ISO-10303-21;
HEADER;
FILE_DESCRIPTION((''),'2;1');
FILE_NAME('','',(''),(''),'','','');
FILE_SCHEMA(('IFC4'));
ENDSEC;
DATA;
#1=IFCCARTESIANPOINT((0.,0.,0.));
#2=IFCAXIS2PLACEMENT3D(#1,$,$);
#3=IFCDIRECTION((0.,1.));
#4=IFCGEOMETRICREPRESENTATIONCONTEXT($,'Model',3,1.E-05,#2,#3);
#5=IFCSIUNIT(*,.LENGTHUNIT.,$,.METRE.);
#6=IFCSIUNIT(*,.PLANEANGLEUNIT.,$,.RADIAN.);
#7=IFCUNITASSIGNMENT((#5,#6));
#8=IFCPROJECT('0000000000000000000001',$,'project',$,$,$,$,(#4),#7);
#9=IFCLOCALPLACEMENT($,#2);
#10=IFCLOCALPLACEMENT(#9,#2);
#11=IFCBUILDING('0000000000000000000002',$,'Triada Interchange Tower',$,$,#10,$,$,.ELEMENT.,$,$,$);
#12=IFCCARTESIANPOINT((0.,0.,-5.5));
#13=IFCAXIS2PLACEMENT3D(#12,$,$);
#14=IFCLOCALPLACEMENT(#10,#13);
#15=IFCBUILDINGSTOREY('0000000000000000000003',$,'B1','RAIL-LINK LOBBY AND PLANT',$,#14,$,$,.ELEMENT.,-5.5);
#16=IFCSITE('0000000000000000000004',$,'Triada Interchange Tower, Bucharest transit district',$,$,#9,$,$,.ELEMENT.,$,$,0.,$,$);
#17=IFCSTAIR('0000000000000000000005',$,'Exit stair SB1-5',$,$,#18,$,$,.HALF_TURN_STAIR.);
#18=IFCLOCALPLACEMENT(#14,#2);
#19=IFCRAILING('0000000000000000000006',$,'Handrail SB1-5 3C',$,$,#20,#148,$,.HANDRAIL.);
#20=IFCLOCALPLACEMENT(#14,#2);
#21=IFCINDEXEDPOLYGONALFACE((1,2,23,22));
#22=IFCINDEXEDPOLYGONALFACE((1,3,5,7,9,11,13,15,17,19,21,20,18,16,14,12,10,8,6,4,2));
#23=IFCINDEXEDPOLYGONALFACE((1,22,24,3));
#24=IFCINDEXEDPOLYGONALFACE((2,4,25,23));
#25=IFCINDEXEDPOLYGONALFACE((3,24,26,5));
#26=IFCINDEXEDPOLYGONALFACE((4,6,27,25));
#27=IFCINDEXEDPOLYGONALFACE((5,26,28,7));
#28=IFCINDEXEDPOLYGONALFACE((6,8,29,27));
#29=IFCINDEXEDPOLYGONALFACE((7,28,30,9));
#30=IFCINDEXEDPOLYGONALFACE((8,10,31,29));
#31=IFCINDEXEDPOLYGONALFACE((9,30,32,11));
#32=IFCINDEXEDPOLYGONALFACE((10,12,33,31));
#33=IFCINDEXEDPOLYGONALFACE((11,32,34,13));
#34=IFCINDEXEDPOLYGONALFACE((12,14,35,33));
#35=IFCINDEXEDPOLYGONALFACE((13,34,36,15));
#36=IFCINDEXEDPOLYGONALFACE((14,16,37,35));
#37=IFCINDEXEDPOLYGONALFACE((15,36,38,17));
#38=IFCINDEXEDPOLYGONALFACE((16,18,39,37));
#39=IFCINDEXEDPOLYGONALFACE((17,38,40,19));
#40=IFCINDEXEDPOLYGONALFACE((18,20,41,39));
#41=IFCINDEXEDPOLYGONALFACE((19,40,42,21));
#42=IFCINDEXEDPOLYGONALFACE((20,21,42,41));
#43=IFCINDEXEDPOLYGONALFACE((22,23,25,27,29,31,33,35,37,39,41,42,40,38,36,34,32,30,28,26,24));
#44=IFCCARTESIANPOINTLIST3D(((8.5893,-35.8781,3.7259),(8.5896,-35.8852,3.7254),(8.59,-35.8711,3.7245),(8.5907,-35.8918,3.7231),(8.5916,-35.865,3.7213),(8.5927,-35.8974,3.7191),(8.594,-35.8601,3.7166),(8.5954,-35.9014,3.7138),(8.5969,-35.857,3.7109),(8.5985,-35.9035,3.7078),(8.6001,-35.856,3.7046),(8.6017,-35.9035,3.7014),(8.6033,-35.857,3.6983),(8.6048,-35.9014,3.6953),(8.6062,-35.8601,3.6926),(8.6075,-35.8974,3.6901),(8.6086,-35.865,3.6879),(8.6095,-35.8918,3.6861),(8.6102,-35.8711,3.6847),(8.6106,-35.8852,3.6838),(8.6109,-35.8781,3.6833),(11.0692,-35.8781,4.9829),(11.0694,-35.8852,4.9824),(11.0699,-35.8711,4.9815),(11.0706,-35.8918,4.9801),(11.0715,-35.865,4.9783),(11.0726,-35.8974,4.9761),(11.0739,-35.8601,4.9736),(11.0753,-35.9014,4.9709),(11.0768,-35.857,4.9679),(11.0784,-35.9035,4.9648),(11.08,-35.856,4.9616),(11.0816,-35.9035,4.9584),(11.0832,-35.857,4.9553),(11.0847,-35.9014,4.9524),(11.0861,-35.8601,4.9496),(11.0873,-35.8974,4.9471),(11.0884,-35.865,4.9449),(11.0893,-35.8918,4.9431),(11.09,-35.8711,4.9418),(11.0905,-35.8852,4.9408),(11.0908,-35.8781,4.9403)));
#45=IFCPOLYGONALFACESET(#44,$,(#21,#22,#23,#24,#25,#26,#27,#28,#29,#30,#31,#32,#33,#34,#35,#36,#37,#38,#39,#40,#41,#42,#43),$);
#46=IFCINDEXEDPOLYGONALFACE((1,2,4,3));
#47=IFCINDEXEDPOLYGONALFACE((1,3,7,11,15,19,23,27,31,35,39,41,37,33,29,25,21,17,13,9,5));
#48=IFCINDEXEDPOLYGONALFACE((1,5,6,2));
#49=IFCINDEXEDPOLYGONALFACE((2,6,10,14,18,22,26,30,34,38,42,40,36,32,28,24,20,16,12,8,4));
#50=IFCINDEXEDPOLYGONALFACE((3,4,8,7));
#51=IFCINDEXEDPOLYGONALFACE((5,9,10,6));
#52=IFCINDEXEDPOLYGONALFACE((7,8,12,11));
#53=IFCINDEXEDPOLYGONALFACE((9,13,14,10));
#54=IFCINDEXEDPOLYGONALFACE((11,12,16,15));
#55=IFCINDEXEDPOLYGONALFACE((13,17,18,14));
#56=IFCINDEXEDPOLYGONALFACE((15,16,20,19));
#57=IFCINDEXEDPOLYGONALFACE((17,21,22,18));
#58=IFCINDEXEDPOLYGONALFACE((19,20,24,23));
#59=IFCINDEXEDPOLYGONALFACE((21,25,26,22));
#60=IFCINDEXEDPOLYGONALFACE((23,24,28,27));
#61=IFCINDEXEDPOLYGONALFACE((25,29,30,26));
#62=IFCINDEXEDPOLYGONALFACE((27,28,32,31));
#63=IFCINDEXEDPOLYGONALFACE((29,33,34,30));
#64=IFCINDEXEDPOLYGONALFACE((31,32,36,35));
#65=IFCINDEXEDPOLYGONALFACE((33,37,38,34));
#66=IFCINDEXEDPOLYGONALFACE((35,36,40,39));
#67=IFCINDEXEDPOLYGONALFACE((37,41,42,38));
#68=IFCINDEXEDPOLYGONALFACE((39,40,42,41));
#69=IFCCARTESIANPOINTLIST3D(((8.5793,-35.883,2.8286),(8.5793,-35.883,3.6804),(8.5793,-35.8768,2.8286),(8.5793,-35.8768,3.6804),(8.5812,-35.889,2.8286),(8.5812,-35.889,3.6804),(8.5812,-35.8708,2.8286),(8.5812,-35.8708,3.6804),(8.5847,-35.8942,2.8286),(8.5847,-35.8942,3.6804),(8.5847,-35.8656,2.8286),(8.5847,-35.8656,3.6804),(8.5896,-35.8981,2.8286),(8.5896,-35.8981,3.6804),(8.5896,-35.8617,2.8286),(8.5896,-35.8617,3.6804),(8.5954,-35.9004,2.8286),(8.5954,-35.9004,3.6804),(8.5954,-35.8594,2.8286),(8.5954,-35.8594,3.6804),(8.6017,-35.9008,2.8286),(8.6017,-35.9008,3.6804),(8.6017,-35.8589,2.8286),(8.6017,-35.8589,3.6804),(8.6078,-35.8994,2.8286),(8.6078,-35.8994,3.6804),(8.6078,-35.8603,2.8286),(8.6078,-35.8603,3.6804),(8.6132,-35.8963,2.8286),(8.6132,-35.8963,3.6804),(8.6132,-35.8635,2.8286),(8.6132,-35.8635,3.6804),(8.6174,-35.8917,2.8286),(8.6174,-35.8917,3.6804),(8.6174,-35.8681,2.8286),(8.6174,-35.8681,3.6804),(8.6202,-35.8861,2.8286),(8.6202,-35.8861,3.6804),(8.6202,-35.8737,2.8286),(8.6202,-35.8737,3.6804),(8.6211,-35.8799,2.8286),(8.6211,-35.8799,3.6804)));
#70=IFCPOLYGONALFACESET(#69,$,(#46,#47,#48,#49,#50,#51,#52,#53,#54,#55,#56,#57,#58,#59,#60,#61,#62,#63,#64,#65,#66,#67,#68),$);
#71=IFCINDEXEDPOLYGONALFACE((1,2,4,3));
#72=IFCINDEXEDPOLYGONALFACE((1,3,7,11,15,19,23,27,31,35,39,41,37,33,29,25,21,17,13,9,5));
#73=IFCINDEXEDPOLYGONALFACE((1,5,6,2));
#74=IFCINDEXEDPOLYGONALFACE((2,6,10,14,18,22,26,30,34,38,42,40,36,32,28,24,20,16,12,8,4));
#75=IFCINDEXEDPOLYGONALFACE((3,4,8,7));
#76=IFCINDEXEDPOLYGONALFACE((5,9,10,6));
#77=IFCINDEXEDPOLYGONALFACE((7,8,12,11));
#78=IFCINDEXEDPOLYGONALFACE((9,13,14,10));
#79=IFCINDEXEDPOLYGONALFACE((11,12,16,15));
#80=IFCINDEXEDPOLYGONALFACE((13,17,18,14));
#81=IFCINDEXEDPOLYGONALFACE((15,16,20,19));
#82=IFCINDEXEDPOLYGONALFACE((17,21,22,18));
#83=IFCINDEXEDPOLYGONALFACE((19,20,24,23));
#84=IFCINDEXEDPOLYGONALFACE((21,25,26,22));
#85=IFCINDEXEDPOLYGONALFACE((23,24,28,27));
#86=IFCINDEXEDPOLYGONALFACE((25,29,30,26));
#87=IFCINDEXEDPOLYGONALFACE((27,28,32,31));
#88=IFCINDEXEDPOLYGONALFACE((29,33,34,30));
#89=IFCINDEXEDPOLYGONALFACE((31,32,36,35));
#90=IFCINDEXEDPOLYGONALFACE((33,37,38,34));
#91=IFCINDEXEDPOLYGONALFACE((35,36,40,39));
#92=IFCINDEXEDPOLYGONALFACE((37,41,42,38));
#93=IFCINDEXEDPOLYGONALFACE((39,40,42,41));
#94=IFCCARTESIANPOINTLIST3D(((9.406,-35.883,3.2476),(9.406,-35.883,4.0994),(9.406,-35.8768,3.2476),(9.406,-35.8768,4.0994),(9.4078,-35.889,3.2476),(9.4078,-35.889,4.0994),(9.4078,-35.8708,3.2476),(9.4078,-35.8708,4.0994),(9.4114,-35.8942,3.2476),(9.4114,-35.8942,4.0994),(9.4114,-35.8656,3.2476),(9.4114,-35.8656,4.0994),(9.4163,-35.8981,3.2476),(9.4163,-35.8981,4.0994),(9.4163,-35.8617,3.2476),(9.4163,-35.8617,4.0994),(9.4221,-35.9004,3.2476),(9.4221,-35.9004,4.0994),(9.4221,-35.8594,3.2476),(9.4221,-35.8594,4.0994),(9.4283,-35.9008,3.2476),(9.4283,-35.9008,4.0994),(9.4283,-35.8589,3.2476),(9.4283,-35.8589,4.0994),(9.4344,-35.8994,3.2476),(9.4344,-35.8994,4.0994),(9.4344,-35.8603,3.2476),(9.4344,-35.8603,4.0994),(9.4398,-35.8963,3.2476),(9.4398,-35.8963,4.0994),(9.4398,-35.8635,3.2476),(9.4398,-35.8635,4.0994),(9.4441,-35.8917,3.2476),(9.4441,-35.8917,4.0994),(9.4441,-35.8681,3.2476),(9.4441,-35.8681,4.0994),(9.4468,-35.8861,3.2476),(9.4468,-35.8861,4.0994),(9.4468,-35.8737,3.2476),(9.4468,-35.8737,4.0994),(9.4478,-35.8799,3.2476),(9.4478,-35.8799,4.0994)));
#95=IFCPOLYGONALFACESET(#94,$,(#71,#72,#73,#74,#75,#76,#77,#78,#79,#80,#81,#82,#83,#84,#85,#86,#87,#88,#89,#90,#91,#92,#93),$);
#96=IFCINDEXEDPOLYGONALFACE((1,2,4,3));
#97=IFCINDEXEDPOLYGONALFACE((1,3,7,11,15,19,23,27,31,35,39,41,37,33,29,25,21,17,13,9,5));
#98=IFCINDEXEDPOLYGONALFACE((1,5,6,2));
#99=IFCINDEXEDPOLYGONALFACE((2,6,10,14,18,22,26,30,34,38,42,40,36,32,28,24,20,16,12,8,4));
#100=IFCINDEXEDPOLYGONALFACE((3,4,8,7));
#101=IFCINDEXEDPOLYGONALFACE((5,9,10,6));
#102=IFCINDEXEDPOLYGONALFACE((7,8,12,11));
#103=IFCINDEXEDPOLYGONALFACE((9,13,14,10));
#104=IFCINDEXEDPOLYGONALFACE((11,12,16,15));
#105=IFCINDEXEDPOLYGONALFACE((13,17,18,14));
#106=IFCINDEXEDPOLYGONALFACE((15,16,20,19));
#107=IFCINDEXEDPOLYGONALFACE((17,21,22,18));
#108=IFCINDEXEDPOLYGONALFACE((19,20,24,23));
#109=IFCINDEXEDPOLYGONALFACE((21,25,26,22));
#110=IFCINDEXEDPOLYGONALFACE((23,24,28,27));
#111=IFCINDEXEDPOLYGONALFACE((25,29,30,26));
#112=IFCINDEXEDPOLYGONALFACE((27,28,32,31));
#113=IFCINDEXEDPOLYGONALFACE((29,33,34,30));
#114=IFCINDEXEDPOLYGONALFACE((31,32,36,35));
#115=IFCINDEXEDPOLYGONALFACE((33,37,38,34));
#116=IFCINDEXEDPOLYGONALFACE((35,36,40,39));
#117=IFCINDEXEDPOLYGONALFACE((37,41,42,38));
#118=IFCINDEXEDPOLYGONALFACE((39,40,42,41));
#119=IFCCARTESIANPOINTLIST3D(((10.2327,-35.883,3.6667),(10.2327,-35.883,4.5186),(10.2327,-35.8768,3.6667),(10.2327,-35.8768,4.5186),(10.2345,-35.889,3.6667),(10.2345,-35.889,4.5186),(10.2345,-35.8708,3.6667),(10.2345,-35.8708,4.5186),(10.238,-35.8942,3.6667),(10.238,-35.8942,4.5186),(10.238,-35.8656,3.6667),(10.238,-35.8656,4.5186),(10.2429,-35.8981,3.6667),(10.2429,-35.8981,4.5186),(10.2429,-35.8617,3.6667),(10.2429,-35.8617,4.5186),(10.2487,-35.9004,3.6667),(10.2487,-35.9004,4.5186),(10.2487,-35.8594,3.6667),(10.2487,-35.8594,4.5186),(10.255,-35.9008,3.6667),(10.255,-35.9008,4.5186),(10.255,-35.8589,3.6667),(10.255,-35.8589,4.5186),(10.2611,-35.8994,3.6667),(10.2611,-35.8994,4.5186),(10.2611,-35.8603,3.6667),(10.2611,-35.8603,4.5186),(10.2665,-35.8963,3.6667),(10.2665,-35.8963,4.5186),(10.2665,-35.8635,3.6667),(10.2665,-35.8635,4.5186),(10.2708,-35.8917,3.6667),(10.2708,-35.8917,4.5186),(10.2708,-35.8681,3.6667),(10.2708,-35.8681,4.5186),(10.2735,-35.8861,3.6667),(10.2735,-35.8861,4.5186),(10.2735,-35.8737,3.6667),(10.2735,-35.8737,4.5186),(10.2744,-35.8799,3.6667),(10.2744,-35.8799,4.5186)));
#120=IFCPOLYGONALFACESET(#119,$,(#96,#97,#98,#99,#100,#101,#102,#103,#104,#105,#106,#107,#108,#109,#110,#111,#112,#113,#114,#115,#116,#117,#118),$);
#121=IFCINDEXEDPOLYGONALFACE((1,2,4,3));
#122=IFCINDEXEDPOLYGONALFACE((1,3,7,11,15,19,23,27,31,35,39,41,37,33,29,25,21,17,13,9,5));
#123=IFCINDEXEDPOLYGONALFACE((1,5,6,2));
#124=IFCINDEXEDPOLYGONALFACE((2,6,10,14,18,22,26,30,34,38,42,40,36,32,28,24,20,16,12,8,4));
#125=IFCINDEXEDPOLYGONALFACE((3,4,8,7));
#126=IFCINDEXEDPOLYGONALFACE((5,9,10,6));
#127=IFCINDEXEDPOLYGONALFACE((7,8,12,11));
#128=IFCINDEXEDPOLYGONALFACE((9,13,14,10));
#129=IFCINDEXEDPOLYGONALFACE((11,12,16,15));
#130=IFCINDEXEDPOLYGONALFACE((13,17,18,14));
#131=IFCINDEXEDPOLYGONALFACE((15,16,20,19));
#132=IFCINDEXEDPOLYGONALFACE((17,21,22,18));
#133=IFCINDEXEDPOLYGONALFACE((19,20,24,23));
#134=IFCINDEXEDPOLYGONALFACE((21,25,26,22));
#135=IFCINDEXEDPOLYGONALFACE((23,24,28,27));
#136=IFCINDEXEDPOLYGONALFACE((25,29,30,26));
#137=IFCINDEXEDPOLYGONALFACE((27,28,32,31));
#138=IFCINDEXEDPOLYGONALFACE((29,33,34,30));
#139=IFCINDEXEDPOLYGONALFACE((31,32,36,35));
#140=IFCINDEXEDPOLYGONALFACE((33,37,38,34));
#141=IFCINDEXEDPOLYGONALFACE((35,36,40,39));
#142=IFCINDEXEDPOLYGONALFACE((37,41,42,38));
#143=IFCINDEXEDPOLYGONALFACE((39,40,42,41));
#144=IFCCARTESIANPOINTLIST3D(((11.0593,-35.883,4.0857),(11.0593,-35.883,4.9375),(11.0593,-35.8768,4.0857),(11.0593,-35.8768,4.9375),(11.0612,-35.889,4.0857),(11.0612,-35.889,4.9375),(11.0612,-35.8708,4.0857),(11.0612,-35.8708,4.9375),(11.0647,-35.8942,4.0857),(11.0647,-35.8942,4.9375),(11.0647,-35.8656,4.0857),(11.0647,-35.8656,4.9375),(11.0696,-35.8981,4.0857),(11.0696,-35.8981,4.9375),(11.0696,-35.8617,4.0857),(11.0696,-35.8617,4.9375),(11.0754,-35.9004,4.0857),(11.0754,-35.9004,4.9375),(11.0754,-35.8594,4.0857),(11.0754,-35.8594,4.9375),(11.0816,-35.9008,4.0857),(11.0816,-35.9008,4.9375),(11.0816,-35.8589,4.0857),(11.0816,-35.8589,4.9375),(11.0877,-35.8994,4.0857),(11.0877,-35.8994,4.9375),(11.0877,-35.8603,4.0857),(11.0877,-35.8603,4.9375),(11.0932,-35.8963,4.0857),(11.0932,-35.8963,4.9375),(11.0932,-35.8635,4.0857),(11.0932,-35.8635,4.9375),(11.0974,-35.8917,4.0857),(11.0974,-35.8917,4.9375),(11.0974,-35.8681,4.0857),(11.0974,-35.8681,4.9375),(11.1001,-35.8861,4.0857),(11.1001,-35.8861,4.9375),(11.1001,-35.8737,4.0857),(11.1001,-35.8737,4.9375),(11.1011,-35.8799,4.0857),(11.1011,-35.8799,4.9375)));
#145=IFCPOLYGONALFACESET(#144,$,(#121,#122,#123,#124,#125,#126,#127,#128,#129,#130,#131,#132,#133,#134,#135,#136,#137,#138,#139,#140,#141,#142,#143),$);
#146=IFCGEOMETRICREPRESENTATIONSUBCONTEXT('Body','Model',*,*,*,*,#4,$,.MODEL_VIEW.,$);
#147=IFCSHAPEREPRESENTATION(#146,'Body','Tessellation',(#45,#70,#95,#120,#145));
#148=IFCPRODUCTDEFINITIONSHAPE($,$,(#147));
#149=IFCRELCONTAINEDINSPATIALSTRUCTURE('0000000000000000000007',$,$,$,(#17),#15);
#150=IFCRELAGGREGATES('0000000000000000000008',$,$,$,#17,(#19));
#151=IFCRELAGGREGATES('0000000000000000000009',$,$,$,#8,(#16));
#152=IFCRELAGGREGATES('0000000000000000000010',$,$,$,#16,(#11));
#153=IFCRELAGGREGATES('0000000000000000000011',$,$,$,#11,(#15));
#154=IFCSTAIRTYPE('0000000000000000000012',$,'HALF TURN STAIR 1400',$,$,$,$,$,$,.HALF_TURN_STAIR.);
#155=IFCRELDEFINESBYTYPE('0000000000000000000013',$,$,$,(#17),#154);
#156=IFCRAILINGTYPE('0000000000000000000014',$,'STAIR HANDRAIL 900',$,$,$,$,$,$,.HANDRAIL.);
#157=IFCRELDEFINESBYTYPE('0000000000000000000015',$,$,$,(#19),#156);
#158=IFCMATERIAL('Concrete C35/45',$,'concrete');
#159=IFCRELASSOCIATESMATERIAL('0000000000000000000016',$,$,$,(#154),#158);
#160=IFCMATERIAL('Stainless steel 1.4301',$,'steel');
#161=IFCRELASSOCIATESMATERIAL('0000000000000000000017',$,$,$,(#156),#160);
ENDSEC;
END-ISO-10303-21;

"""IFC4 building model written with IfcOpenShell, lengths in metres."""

from ifc_helpers import new_model, si_unit, direction, frame, origin, origin_2d, place, context, subcontext, project, spatial, circle, extrude, material, type_object, element, aggregate, save


model = new_model("IFC4")

# Units and contexts
model_context = context("Model", 3, precision=1e-05, world=origin(), true_north=direction((0.0, 1.0)))
body_context = subcontext(model_context, "Body", "Model", "MODEL_VIEW")
ifc_project = project(units=[si_unit("LENGTHUNIT", "METRE"), si_unit("PLANEANGLEUNIT", "RADIAN")], contexts=[model_context])

# Site, building, storey
site_placement = place(None, origin())
site = spatial("IfcSite", under=ifc_project, at=site_placement, Name="Triada Interchange Tower, Bucharest transit district", CompositionType="ELEMENT", RefElevation=0.0)
building_placement = place(site_placement, origin())
building = spatial("IfcBuilding", under=site, at=building_placement, Name="Triada Interchange Tower", CompositionType="ELEMENT")
storey_placement = place(building_placement, frame((0.0, 0.0, -5.5)))
storey = spatial("IfcBuildingStorey", under=building, at=storey_placement, Name="B1", Description="RAIL-LINK LOBBY AND PLANT", CompositionType="ELEMENT", Elevation=-5.5)

# Shared definitions
ifc_material_1 = material(Name="Concrete C35/45", Category="concrete")

# Stair
stair_type = type_object("IfcStairType", Name="HALF TURN STAIR 1400", PredefinedType="HALF_TURN_STAIR", material=ifc_material_1)
stair_1_placement = place(storey_placement, origin())
stair_1 = element("IfcStair", 1, at=stair_1_placement, inside=storey, type_object=stair_type, Name="Exit stair SB1-5", PredefinedType="HALF_TURN_STAIR")

# Railing
ifc_material_2 = material(Name="Stainless steel 1.4301", Category="steel")
railing_type_1 = type_object("IfcRailingType", Name="STAIR HANDRAIL 900", PredefinedType="HANDRAIL", material=ifc_material_2)
railing_1_placement = place(storey_placement, frame((8.6001, -35.8799, 2.8286)))
railing_1 = element("IfcRailing", 2, at=railing_1_placement, type_object=railing_type_1, Name="Handrail SB1-5 3C", PredefinedType="HANDRAIL", context=body_context, shape_type="SweptSolid", body=[
    extrude(circle(Radius=0.0239, at=origin_2d()), frame((0.0, 0.0, 0.876), z_axis=(0.891955, 0.0, 0.452124), x_axis=(0.0, 1.0, 0.0)), (0.0, 0.0, 1.0), 2.7803),
    extrude(circle(Radius=0.021, at=origin_2d()), origin(), (0.0, 0.0, 1.0), 0.8518),
    extrude(circle(Radius=0.021, at=origin_2d()), frame((0.8267, 0.0, 0.4189)), (0.0, 0.0, 1.0), 0.8518),
    extrude(circle(Radius=0.021, at=origin_2d()), frame((1.6533, 0.0, 0.8381)), (0.0, 0.0, 1.0), 0.8518),
    extrude(circle(Radius=0.021, at=origin_2d()), frame((2.48, 0.0, 1.2571)), (0.0, 0.0, 1.0), 0.8518),
])
aggregate(stair_1, [railing_1])

save(model, "model.ifc")
